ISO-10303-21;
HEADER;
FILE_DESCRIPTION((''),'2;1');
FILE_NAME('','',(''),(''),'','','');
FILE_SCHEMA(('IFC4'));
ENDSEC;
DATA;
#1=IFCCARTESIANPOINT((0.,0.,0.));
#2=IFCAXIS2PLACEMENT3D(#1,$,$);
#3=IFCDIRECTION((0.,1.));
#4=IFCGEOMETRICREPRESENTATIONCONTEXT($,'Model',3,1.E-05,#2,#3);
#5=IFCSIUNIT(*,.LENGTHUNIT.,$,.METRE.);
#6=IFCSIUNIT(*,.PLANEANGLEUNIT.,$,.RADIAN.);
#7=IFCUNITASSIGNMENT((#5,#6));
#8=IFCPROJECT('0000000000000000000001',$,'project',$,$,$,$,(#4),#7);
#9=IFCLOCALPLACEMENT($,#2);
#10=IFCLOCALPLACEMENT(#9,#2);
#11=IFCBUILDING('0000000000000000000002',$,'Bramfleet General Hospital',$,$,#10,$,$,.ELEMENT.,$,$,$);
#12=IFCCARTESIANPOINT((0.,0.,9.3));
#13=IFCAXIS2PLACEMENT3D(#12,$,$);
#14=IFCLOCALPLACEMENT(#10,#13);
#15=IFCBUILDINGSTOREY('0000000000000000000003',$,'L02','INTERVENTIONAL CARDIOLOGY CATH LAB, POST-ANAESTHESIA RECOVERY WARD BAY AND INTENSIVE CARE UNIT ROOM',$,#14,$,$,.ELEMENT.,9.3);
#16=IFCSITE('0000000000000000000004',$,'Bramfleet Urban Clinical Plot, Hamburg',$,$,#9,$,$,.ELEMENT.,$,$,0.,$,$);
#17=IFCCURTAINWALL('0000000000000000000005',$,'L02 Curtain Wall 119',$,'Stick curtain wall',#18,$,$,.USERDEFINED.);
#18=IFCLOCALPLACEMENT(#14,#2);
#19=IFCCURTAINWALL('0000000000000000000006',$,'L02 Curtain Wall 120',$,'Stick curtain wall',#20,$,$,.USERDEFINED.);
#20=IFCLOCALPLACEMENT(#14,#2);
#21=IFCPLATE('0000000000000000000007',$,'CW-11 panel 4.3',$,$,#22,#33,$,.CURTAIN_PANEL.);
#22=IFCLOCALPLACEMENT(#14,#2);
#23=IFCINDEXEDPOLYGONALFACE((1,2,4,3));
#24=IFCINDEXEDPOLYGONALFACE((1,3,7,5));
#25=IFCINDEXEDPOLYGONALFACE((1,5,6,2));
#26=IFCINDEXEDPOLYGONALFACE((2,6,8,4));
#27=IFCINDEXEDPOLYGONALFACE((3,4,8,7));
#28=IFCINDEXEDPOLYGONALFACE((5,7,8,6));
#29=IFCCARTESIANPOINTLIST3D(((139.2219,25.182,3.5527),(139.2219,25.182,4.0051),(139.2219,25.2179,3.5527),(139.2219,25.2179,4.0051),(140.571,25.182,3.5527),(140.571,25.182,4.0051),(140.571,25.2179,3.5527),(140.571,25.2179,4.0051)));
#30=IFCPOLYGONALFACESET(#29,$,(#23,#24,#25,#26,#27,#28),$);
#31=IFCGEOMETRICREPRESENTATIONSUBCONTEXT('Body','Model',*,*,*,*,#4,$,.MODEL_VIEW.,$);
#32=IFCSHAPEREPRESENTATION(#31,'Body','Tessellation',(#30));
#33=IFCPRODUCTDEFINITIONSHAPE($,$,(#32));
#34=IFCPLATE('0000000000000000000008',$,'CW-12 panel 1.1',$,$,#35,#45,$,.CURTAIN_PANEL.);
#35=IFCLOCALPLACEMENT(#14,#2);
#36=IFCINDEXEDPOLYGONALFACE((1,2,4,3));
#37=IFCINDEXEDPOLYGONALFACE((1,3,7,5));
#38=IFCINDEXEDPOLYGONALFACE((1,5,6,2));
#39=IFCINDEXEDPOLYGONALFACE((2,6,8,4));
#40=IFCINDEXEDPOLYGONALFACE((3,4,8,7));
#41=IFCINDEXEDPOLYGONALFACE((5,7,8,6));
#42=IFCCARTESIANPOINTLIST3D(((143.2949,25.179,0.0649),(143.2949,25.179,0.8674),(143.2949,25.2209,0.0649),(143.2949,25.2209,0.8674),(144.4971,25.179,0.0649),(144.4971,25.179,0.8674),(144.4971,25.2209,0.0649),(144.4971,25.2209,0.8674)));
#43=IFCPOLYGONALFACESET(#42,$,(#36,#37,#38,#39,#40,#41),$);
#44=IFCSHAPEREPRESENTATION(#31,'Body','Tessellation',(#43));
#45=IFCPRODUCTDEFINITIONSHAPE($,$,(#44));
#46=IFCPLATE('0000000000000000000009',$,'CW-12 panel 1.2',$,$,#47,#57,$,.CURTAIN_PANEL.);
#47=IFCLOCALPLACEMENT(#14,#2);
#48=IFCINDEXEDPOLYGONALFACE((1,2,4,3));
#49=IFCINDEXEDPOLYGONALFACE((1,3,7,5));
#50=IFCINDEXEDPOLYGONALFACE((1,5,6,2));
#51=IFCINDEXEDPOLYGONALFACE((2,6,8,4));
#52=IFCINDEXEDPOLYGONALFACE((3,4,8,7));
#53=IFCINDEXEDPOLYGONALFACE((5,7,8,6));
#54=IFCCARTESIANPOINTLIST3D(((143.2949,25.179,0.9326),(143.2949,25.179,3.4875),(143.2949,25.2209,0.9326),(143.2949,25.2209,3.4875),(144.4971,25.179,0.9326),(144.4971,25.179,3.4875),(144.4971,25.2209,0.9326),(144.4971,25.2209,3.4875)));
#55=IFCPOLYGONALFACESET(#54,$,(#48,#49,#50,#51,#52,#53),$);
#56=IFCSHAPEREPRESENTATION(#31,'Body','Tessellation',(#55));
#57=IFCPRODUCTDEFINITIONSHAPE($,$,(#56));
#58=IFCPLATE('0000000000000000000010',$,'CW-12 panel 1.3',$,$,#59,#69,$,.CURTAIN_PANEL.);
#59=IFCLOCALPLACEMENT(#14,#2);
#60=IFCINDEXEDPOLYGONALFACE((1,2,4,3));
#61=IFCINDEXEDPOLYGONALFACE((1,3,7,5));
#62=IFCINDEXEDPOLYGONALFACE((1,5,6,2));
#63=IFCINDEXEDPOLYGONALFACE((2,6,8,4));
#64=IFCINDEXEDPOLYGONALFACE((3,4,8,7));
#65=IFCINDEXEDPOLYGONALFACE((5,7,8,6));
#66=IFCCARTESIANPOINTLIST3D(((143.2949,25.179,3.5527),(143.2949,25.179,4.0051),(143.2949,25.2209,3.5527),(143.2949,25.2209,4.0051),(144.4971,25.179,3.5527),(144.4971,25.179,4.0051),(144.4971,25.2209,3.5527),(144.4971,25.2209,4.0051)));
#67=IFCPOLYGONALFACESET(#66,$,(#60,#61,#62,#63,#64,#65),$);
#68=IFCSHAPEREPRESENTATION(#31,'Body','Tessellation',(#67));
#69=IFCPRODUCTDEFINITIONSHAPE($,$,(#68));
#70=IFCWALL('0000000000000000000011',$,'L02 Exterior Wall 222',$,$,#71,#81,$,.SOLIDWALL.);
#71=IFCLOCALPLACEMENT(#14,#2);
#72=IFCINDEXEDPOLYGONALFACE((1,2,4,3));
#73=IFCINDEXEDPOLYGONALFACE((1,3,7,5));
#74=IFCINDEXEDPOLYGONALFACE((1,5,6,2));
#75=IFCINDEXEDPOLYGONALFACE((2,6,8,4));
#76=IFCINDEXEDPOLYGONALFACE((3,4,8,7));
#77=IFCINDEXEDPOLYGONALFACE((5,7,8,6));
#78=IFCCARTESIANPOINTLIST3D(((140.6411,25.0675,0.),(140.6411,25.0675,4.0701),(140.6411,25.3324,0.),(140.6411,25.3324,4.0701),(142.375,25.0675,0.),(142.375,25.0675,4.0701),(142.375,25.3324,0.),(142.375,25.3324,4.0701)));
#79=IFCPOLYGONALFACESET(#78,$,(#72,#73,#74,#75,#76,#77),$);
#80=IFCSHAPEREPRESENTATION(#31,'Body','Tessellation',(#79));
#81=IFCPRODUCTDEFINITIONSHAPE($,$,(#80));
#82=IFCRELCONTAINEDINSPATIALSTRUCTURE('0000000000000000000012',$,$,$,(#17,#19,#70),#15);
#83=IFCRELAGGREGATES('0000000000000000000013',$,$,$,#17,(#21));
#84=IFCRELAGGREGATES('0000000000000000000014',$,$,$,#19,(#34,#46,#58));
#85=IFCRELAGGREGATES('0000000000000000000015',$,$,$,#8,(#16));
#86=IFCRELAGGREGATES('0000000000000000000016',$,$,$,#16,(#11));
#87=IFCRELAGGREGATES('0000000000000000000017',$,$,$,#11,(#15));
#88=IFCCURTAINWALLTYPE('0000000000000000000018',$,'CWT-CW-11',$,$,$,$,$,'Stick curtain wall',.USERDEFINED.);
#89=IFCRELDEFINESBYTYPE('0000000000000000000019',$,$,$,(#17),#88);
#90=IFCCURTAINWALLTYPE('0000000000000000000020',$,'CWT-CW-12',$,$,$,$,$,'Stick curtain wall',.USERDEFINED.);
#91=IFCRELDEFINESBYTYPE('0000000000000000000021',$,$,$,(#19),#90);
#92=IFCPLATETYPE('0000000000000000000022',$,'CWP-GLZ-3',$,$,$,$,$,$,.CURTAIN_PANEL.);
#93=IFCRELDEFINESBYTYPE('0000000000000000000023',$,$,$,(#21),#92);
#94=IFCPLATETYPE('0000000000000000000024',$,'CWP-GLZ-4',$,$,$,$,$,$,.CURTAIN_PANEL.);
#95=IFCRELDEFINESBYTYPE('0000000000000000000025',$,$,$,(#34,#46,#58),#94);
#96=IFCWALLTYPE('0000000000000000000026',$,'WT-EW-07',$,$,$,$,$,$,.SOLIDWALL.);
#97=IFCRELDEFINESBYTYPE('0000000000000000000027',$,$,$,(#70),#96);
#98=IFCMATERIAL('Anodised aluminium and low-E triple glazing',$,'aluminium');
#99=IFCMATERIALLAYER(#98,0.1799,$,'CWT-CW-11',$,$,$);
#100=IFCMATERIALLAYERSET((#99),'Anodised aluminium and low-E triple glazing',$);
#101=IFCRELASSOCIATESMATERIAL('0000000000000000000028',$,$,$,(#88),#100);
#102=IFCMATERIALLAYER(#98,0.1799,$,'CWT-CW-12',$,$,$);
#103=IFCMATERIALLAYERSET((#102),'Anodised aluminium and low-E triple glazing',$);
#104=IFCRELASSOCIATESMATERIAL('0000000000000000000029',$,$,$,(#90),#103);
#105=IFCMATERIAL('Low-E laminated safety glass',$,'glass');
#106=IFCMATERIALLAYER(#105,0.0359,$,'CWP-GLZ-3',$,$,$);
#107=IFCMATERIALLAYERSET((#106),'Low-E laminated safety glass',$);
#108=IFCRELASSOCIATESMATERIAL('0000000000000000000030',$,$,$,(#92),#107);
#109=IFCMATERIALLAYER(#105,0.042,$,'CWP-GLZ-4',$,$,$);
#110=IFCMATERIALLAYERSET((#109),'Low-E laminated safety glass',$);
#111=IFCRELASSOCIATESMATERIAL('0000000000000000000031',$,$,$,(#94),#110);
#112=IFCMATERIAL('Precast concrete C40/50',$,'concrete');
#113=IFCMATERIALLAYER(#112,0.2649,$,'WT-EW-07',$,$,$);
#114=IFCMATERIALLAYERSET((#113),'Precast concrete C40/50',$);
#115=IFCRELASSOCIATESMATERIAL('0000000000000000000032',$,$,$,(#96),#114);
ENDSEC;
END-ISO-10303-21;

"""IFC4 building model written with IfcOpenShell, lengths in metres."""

from ifc_helpers import new_model, si_unit, direction, frame, frame_2d, origin, origin_2d, place, context, subcontext, project, spatial, rectangle, extrude, material, layer, layer_set, type_object, element, aggregate, save


model = new_model("IFC4")

# Units and contexts
model_context = context("Model", 3, precision=1e-05, world=origin(), true_north=direction((0.0, 1.0)))
body_context = subcontext(model_context, "Body", "Model", "MODEL_VIEW")
ifc_project = project(units=[si_unit("LENGTHUNIT", "METRE"), si_unit("PLANEANGLEUNIT", "RADIAN")], contexts=[model_context])

# Site, building, storey
site_placement = place(None, origin())
site = spatial("IfcSite", under=ifc_project, at=site_placement, Name="Bramfleet Urban Clinical Plot, Hamburg", CompositionType="ELEMENT", RefElevation=0.0)
building_placement = place(site_placement, origin())
building = spatial("IfcBuilding", under=site, at=building_placement, Name="Bramfleet General Hospital", CompositionType="ELEMENT")
storey_placement = place(building_placement, frame((0.0, 0.0, 9.3)))
storey = spatial("IfcBuildingStorey", under=building, at=storey_placement, Name="L02", Description="INTERVENTIONAL CARDIOLOGY CATH LAB, POST-ANAESTHESIA RECOVERY WARD BAY AND INTENSIVE CARE UNIT ROOM", CompositionType="ELEMENT", Elevation=9.3)

# Curtain walls
ifc_material_1 = material(Name="Anodised aluminium and low-E triple glazing", Category="aluminium")
ifc_layer_1 = layer(ifc_material_1, 0.1799, Name="CWT-CW-11")
ifc_layer_set_1 = layer_set([ifc_layer_1], Name="Anodised aluminium and low-E triple glazing")
curtain_wall_type_1 = type_object("IfcCurtainWallType", Name="CWT-CW-11", ElementType="Stick curtain wall", PredefinedType="USERDEFINED", material=ifc_layer_set_1)
curtain_wall_1_placement = place(storey_placement, origin())
curtain_wall_1 = element("IfcCurtainWall", 1, at=curtain_wall_1_placement, inside=storey, type_object=curtain_wall_type_1, Name="L02 Curtain Wall 119", ObjectType="Stick curtain wall", PredefinedType="USERDEFINED")
ifc_layer_2 = layer(ifc_material_1, 0.1799, Name="CWT-CW-12")
ifc_layer_set_2 = layer_set([ifc_layer_2], Name="Anodised aluminium and low-E triple glazing")
curtain_wall_type_2 = type_object("IfcCurtainWallType", Name="CWT-CW-12", ElementType="Stick curtain wall", PredefinedType="USERDEFINED", material=ifc_layer_set_2)
curtain_wall_2_placement = place(storey_placement, origin())
curtain_wall_2 = element("IfcCurtainWall", 2, at=curtain_wall_2_placement, inside=storey, type_object=curtain_wall_type_2, Name="L02 Curtain Wall 120", ObjectType="Stick curtain wall", PredefinedType="USERDEFINED")

# Plates
ifc_material_2 = material(Name="Low-E laminated safety glass", Category="glass")
ifc_layer_3 = layer(ifc_material_2, 0.0359, Name="CWP-GLZ-3")
ifc_layer_set_3 = layer_set([ifc_layer_3], Name="Low-E laminated safety glass")
plate_type_1 = type_object("IfcPlateType", Name="CWP-GLZ-3", PredefinedType="CURTAIN_PANEL", material=ifc_layer_set_3)
plate_1_placement = place(storey_placement, frame((139.8965, 25.2, 3.5527), z_axis=(0.0, 0.0, 1.0), x_axis=(1.0, 0.0, 0.0)))
plate_1 = element("IfcPlate", 3, at=plate_1_placement, type_object=plate_type_1, Name="CW-11 panel 4.3", PredefinedType="CURTAIN_PANEL", context=body_context, shape_type="SweptSolid", body=[
    extrude(rectangle(XDim=1.3491, YDim=0.0359, at=origin_2d()), origin(), (0.0, 0.0, 1.0), 0.4524),
])
aggregate(curtain_wall_1, [plate_1])
ifc_layer_4 = layer(ifc_material_2, 0.042, Name="CWP-GLZ-4")
ifc_layer_set_4 = layer_set([ifc_layer_4], Name="Low-E laminated safety glass")
plate_type_2 = type_object("IfcPlateType", Name="CWP-GLZ-4", PredefinedType="CURTAIN_PANEL", material=ifc_layer_set_4)
plate_2_placement = place(storey_placement, frame((143.896, 25.2, 0.0649), z_axis=(0.0, 0.0, 1.0), x_axis=(1.0, 0.0, 0.0)))
plate_2 = element("IfcPlate", 4, at=plate_2_placement, type_object=plate_type_2, Name="CW-12 panel 1.1", PredefinedType="CURTAIN_PANEL", context=body_context, shape_type="SweptSolid", body=[
    extrude(rectangle(XDim=1.2021, YDim=0.042, at=origin_2d()), origin(), (0.0, 0.0, 1.0), 0.8025),
])
plate_3_placement = place(storey_placement, frame((143.896, 25.2, 0.9326), z_axis=(0.0, 0.0, 1.0), x_axis=(1.0, 0.0, 0.0)))
plate_3 = element("IfcPlate", 5, at=plate_3_placement, type_object=plate_type_2, Name="CW-12 panel 1.2", PredefinedType="CURTAIN_PANEL", context=body_context, shape_type="SweptSolid", body=[
    extrude(rectangle(XDim=1.2021, YDim=0.042, at=origin_2d()), origin(), (0.0, 0.0, 1.0), 2.5549),
])
plate_4_placement = place(storey_placement, frame((143.896, 25.2, 3.5527), z_axis=(0.0, 0.0, 1.0), x_axis=(1.0, 0.0, 0.0)))
plate_4 = element("IfcPlate", 6, at=plate_4_placement, type_object=plate_type_2, Name="CW-12 panel 1.3", PredefinedType="CURTAIN_PANEL", context=body_context, shape_type="SweptSolid", body=[
    extrude(rectangle(XDim=1.2021, YDim=0.042, at=origin_2d()), origin(), (0.0, 0.0, 1.0), 0.4524),
])
aggregate(curtain_wall_2, [plate_2, plate_3, plate_4])

# Wall
ifc_material_3 = material(Name="Precast concrete C40/50", Category="concrete")
ifc_layer_5 = layer(ifc_material_3, 0.2649, Name="WT-EW-07")
ifc_layer_set_5 = layer_set([ifc_layer_5], Name="Precast concrete C40/50")
wall_type = type_object("IfcWallType", Name="WT-EW-07", PredefinedType="SOLIDWALL", material=ifc_layer_set_5)
wall_placement = place(storey_placement, frame((140.6411, 25.2, 0.0), z_axis=(0.0, 0.0, 1.0), x_axis=(1.0, 0.0, 0.0)))
element("IfcWall", 7, at=wall_placement, inside=storey, type_object=wall_type, Name="L02 Exterior Wall 222", PredefinedType="SOLIDWALL", context=body_context, shape_type="SweptSolid", body=[
    extrude(rectangle(XDim=1.7339, YDim=0.2649, at=frame_2d((0.8669, 0.0))), origin(), (0.0, 0.0, 1.0), 4.0701),
])

save(model, "model.ifc")
